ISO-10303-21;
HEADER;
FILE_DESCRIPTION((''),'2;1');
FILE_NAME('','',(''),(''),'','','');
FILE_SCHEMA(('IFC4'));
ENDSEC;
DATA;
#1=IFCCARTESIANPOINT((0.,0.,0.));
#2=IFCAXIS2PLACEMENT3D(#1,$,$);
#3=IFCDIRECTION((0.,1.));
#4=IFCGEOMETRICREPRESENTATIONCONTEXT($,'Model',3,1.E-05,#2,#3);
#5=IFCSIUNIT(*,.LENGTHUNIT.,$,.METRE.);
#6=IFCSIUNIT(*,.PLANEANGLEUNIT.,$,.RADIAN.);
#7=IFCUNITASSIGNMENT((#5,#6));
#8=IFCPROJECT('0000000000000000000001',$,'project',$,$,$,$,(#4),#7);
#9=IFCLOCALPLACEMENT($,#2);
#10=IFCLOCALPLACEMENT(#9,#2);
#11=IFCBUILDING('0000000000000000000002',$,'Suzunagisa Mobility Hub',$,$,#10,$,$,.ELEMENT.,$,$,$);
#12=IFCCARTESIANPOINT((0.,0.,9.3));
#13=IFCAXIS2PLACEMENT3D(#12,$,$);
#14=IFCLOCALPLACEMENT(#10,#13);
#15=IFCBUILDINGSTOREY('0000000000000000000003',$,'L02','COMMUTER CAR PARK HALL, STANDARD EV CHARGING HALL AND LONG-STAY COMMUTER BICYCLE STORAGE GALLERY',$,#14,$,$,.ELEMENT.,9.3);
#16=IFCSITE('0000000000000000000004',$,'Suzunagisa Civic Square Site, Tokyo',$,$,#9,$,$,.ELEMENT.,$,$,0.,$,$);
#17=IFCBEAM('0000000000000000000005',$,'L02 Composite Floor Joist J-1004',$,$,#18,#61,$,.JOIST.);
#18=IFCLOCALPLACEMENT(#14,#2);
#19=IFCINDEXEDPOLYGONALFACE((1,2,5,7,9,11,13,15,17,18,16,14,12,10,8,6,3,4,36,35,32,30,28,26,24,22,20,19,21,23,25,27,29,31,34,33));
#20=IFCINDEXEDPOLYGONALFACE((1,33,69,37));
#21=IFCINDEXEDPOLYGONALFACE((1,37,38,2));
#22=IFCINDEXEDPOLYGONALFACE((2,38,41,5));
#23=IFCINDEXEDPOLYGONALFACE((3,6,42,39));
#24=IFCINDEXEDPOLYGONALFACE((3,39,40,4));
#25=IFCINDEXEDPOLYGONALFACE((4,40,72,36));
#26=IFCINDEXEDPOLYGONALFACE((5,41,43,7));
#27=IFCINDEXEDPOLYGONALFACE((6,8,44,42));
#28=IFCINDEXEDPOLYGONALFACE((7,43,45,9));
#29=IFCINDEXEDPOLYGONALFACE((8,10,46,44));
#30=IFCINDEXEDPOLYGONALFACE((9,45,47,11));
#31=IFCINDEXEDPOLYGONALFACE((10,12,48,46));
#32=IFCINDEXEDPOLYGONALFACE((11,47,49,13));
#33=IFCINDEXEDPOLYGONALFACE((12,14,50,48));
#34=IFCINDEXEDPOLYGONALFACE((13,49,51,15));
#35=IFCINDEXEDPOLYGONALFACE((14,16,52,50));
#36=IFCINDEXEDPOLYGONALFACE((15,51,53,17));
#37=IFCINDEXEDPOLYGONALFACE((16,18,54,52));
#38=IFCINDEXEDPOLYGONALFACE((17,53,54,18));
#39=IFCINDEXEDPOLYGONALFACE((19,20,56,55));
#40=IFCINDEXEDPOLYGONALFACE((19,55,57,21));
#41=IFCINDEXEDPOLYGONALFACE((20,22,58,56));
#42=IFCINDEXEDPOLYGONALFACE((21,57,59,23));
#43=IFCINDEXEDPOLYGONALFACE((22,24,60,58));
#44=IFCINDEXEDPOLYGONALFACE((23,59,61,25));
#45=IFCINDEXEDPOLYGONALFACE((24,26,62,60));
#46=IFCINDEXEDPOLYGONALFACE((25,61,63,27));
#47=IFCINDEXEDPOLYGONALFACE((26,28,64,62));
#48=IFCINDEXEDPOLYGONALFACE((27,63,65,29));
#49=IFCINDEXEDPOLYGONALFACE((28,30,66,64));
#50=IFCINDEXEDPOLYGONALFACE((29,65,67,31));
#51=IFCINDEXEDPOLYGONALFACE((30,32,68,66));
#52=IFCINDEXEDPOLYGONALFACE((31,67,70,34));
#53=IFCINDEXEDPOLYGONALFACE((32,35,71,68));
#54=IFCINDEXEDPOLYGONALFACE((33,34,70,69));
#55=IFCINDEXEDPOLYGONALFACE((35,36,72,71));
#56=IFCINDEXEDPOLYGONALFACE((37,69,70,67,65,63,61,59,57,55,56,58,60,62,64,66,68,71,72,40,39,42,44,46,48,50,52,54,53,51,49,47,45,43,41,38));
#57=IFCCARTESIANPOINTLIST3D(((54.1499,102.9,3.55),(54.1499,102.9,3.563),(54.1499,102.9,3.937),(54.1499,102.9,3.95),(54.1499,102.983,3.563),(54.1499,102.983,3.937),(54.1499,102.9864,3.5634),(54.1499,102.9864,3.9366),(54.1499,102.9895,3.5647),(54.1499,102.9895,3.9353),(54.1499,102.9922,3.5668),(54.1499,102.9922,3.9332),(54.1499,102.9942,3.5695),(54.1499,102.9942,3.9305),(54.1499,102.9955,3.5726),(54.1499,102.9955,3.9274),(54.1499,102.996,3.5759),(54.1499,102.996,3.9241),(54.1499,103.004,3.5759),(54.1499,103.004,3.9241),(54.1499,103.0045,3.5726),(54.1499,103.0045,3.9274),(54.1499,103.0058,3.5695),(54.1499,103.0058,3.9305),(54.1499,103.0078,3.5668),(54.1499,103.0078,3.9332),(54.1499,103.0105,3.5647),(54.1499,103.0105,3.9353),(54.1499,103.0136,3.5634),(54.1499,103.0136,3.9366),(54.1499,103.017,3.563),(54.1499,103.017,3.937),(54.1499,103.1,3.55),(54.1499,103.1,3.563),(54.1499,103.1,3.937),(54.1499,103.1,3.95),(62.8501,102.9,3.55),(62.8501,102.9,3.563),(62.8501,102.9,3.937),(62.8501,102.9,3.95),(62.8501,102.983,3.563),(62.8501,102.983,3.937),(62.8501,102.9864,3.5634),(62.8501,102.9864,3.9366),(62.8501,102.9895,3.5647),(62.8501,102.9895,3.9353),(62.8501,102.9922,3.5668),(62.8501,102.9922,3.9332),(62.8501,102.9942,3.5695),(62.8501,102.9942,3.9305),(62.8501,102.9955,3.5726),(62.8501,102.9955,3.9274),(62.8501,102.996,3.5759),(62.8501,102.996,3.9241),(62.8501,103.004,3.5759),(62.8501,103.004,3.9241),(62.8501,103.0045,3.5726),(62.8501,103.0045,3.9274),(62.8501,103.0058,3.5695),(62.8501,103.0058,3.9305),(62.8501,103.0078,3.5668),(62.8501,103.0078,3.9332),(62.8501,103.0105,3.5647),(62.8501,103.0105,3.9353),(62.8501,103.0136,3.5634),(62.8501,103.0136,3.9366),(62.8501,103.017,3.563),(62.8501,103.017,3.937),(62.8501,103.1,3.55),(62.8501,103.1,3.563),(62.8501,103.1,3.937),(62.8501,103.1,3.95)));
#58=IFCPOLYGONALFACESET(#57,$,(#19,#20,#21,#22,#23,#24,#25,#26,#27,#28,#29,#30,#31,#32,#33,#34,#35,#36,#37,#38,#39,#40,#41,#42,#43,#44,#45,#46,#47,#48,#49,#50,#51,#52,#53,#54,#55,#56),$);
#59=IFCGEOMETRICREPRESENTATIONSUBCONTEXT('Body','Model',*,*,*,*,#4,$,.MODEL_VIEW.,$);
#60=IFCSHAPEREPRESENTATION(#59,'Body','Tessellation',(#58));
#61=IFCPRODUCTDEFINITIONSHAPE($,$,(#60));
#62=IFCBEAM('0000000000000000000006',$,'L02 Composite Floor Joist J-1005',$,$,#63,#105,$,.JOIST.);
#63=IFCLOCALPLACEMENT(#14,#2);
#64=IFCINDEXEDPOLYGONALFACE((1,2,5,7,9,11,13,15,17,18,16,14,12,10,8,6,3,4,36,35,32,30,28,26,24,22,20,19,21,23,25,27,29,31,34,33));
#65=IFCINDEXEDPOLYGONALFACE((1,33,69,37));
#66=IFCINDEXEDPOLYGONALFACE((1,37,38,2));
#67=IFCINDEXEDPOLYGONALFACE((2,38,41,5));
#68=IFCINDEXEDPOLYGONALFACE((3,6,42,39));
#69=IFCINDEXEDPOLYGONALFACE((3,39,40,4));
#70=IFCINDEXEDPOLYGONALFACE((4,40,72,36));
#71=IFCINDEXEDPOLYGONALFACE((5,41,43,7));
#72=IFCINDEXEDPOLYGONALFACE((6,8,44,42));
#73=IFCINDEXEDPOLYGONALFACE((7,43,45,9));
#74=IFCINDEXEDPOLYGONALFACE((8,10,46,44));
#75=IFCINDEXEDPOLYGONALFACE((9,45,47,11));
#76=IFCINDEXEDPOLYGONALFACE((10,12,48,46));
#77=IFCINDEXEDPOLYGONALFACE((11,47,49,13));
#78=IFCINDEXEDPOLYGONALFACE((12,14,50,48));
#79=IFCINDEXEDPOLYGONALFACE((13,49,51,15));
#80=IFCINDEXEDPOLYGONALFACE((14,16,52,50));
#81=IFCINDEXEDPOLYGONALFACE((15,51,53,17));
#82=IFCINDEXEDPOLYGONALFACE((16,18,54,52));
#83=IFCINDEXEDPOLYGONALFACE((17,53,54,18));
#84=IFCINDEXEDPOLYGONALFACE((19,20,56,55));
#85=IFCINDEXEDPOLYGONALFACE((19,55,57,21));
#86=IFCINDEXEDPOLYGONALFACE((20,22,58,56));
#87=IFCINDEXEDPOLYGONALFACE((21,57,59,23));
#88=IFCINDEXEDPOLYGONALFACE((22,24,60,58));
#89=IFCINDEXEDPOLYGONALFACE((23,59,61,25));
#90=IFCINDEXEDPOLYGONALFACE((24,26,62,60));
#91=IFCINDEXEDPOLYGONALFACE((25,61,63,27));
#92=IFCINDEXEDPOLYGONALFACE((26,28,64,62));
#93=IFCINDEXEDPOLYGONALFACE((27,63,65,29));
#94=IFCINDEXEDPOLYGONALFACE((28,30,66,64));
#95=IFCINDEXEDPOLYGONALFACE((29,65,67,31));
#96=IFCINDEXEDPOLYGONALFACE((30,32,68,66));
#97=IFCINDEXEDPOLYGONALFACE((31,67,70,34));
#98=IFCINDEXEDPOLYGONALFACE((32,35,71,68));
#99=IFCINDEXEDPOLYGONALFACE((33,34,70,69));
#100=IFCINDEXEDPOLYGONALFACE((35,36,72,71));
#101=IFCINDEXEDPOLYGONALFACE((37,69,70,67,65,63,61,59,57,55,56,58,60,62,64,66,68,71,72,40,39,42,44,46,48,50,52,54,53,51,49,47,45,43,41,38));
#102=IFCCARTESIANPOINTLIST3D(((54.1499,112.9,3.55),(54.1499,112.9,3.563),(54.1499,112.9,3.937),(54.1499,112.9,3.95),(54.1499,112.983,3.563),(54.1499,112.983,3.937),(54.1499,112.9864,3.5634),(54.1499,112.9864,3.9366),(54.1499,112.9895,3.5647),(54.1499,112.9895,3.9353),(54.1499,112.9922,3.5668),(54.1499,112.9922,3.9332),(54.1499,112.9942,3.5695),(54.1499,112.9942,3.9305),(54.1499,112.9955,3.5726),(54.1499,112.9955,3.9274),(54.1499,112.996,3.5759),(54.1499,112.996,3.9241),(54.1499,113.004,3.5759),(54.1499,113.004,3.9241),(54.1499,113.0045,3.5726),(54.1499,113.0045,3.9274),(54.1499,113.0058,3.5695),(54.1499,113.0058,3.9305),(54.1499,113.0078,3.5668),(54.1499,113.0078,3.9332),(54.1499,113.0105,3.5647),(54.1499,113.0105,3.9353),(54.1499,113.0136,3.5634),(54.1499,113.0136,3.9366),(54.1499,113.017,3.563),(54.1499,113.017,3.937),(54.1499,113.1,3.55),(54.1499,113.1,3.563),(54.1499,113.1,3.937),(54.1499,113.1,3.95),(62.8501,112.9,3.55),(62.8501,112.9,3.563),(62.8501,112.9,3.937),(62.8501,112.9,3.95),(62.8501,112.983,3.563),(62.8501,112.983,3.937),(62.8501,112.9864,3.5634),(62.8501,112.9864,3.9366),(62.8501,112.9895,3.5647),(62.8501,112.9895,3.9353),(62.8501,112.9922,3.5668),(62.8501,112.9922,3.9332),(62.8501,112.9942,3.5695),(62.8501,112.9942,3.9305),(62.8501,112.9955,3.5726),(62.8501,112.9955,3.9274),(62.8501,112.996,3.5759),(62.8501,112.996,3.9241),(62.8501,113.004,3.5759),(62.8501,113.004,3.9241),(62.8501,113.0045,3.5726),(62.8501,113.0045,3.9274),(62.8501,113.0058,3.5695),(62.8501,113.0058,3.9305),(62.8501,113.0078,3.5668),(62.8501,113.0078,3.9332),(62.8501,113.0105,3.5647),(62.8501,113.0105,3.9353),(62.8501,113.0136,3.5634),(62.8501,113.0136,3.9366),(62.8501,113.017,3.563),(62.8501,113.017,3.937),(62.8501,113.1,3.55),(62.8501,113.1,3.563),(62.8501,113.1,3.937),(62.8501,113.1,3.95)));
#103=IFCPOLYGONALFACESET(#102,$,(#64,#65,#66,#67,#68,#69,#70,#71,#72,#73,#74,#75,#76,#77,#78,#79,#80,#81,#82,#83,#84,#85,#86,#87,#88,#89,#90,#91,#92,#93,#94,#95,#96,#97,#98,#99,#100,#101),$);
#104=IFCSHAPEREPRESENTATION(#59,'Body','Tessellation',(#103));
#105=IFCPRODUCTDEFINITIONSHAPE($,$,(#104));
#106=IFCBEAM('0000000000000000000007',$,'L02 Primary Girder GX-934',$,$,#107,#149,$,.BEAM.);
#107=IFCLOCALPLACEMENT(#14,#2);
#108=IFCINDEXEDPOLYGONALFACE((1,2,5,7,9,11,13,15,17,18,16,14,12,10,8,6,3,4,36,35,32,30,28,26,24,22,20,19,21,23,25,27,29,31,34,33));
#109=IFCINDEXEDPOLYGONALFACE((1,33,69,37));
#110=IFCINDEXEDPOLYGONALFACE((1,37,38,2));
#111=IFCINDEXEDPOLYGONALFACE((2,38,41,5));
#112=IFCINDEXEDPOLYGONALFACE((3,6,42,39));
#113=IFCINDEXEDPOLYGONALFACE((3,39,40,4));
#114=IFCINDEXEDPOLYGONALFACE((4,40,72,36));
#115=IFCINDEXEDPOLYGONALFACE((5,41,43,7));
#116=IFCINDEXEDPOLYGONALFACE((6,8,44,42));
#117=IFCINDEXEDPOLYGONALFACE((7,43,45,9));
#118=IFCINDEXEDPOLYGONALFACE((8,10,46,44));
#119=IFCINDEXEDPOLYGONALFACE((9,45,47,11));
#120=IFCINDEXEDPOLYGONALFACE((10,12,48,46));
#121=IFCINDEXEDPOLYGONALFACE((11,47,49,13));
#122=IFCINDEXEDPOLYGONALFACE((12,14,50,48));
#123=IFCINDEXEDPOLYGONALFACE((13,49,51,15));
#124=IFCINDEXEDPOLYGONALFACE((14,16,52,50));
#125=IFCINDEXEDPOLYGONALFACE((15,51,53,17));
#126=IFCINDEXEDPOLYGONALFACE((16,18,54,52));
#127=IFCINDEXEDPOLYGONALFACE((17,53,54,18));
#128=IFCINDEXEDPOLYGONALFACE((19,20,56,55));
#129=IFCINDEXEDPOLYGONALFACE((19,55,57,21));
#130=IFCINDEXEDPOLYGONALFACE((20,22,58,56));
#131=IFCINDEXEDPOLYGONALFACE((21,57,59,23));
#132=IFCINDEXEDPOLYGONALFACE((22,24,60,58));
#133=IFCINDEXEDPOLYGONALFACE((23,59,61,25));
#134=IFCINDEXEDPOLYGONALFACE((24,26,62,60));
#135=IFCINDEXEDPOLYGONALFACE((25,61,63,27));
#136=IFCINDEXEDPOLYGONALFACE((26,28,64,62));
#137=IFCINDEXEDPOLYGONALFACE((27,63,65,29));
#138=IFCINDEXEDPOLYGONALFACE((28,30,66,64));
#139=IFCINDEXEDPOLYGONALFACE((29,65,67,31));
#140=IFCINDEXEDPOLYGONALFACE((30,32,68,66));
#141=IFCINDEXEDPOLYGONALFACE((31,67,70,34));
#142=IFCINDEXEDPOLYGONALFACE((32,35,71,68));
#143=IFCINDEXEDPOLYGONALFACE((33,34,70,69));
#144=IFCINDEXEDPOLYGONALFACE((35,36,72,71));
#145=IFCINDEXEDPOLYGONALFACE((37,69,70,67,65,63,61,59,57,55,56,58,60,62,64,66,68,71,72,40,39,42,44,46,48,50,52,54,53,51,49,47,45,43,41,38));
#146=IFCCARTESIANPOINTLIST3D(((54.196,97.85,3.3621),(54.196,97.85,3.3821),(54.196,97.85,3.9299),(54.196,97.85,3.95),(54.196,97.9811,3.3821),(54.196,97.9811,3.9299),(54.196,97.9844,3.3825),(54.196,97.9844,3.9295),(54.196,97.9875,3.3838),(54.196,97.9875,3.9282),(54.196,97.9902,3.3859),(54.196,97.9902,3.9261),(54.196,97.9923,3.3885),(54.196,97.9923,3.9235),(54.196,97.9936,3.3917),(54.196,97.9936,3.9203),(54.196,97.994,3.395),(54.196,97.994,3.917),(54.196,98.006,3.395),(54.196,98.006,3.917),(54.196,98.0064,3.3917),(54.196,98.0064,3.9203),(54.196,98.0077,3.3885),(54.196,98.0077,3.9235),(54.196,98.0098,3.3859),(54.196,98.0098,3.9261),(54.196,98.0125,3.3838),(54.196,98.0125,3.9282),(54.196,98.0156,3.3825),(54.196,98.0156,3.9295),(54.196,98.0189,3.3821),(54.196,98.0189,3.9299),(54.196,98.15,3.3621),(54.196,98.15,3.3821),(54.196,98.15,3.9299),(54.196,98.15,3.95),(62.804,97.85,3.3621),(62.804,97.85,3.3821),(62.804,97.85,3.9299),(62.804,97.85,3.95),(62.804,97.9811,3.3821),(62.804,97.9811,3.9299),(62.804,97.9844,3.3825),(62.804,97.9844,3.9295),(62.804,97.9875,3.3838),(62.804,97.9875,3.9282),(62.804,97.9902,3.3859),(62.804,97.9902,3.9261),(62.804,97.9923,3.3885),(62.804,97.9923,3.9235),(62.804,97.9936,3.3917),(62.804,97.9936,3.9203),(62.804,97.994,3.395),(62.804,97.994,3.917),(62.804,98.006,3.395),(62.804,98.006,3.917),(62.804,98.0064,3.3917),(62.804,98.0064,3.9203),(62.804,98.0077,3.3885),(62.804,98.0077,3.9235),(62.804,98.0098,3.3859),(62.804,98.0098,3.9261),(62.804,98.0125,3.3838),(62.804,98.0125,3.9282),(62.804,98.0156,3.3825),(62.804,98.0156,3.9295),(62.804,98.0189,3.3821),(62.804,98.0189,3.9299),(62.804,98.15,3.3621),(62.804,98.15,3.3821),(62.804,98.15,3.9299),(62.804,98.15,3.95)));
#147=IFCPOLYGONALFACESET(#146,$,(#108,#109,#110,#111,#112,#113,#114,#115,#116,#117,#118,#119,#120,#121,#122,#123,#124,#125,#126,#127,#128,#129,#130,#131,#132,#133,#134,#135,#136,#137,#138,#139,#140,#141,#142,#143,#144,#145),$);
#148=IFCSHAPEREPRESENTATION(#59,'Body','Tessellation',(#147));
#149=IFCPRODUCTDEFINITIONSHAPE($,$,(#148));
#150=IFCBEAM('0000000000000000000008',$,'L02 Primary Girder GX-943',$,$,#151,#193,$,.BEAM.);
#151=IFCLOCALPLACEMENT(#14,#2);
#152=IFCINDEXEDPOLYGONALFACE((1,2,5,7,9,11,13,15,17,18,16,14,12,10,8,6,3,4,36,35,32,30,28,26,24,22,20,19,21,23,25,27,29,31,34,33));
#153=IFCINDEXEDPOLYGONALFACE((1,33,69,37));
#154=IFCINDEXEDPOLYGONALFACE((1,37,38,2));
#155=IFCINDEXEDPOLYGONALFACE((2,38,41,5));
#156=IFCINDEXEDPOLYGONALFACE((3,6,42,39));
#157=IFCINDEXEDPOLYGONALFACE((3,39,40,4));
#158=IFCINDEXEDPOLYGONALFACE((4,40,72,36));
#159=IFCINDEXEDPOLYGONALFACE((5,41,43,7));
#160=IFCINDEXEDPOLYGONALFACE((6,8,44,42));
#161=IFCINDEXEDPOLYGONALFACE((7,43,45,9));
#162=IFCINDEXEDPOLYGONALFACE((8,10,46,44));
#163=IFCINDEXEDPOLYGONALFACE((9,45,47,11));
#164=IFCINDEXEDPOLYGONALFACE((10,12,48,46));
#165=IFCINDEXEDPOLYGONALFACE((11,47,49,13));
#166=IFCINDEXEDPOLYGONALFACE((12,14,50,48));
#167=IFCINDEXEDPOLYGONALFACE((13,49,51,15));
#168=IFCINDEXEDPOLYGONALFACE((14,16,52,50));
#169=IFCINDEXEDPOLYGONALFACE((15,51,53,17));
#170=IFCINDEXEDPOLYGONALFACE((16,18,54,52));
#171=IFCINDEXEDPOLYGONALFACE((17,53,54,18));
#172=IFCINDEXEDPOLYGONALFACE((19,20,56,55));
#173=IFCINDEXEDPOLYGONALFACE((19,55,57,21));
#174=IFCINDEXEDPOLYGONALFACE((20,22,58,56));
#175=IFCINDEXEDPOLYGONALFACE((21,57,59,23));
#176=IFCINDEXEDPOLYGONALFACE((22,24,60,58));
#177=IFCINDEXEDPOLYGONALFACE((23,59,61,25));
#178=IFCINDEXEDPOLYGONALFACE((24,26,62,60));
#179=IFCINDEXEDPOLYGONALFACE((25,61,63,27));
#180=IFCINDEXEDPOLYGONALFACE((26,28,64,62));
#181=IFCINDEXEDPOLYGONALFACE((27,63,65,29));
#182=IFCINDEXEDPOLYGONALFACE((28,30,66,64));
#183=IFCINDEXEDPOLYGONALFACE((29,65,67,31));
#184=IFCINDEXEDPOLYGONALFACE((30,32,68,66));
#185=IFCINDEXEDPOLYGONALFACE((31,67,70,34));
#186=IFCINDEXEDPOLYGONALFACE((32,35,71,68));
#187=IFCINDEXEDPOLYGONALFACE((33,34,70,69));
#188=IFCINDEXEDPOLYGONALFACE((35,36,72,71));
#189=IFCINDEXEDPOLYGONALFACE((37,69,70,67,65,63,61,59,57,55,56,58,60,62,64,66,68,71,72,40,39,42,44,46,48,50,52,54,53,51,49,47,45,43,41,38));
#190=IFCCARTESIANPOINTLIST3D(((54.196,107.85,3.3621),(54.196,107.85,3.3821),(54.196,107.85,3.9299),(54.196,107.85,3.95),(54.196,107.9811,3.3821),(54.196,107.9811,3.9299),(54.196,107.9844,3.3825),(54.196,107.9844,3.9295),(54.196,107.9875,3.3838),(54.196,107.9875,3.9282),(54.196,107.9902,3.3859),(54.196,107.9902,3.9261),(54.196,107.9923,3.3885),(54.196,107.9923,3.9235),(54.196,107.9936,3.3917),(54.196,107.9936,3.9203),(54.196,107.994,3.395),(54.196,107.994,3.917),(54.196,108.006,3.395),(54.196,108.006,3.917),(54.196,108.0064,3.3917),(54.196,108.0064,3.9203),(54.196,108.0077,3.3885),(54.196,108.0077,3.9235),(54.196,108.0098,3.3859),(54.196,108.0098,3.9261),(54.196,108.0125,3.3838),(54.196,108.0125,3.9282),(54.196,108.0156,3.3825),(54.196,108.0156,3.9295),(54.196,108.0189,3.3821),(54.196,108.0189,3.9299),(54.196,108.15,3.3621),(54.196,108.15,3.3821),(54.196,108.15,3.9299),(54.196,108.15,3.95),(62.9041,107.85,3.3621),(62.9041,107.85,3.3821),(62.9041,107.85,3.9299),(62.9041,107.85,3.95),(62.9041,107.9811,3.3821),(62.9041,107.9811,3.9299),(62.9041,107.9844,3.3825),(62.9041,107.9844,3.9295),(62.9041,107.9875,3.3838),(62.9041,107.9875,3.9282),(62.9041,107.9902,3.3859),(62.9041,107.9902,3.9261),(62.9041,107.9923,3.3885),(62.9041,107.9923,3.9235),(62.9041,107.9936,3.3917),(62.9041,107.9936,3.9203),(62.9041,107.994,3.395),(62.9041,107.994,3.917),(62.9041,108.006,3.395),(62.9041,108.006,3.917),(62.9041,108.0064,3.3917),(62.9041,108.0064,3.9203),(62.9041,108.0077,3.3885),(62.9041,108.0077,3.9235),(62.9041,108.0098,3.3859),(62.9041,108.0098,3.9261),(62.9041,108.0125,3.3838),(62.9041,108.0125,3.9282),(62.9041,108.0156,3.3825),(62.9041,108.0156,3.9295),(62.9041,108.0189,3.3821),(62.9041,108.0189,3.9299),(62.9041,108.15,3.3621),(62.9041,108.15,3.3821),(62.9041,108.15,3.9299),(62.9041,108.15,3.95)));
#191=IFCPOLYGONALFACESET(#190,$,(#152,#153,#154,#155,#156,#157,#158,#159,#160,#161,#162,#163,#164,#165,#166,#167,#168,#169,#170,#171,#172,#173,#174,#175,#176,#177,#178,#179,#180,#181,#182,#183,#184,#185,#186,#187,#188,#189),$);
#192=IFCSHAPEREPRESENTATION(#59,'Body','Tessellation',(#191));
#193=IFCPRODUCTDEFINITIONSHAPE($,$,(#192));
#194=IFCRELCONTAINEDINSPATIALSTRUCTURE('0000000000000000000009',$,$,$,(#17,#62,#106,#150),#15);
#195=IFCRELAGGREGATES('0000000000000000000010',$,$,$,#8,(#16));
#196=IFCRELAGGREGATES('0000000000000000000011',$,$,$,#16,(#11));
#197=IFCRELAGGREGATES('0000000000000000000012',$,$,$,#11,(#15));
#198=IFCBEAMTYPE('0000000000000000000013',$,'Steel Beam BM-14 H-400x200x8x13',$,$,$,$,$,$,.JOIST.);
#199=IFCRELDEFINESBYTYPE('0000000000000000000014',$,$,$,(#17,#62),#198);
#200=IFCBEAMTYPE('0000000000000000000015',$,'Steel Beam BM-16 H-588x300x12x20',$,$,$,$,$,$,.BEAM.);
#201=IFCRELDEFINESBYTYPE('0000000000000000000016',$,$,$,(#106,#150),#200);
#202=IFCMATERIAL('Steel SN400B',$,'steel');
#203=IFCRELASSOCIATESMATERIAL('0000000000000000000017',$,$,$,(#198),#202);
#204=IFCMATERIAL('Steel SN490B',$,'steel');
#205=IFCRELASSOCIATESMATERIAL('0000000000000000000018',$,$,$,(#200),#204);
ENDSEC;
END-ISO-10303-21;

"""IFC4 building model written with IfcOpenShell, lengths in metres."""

from ifc_helpers import new_model, si_unit, direction, frame, origin, origin_2d, place, context, subcontext, project, spatial, i_section, extrude, material, material_profile, profile_set, type_object, element, save


model = new_model("IFC4")

# Units and contexts
model_context = context("Model", 3, precision=1e-05, world=origin(), true_north=direction((0.0, 1.0)))
body_context = subcontext(model_context, "Body", "Model", "MODEL_VIEW")
ifc_project = project(units=[si_unit("LENGTHUNIT", "METRE"), si_unit("PLANEANGLEUNIT", "RADIAN")], contexts=[model_context])

# Site, building, storey
site_placement = place(None, origin())
site = spatial("IfcSite", under=ifc_project, at=site_placement, Name="Suzunagisa Civic Square Site, Tokyo", CompositionType="ELEMENT", RefElevation=0.0)
building_placement = place(site_placement, origin())
building = spatial("IfcBuilding", under=site, at=building_placement, Name="Suzunagisa Mobility Hub", CompositionType="ELEMENT")
storey_placement = place(building_placement, frame((0.0, 0.0, 9.3)))
storey = spatial("IfcBuildingStorey", under=building, at=storey_placement, Name="L02", Description="COMMUTER CAR PARK HALL, STANDARD EV CHARGING HALL AND LONG-STAY COMMUTER BICYCLE STORAGE GALLERY", CompositionType="ELEMENT", Elevation=9.3)

# Shared definitions
ifc_material_1 = material(Name="Steel SN490B", Category="steel")

# Beams
ifc_material_2 = material(Name="Steel SN400B", Category="steel")
ifc_material_profile_1 = material_profile(ifc_material_2, i_section(OverallWidth=0.2, OverallDepth=0.3999, WebThickness=0.0081, FlangeThickness=0.0129, FilletRadius=0.0129, at=origin_2d()), Name="H-400x200x8x13")
ifc_profile_set_1 = profile_set([ifc_material_profile_1], Name="Steel SN400B")
beam_type_1 = type_object("IfcBeamType", Name="Steel Beam BM-14 H-400x200x8x13", PredefinedType="JOIST", material=ifc_profile_set_1)
for number, where, z_axis, x_axis, name in (
    (1, (54.1499, 103.0, 3.75), (1.0, 0.0, 0.0), (0.0, 1.0, 0.0), "L02 Composite Floor Joist J-1004"),
    (2, (54.1499, 113.0, 3.75), (1.0, 0.0, 0.0), (0.0, 1.0, 0.0), "L02 Composite Floor Joist J-1005"),
):
    element("IfcBeam", number, at=place(storey_placement, frame(where, z_axis=z_axis, x_axis=x_axis)), inside=storey, type_object=beam_type_1, Name=name, PredefinedType="JOIST", context=body_context, shape_type="SweptSolid", body=[
        extrude(i_section(OverallWidth=0.2, OverallDepth=0.3999, WebThickness=0.0081, FlangeThickness=0.0129, FilletRadius=0.0129, at=origin_2d()), origin(), (0.0, 0.0, 1.0), 8.7002),
    ])
ifc_material_profile_2 = material_profile(ifc_material_1, i_section(OverallWidth=0.3, OverallDepth=0.5879, WebThickness=0.012, FlangeThickness=0.02, FilletRadius=0.0129, at=origin_2d()), Name="H-588x300x12x20")
ifc_profile_set_2 = profile_set([ifc_material_profile_2], Name="Steel SN490B")
beam_type_2 = type_object("IfcBeamType", Name="Steel Beam BM-16 H-588x300x12x20", PredefinedType="BEAM", material=ifc_profile_set_2)
beam_1_placement = place(storey_placement, frame((54.196, 98.0, 3.656), z_axis=(1.0, 0.0, 0.0), x_axis=(0.0, 1.0, 0.0)))
element("IfcBeam", 3, at=beam_1_placement, inside=storey, type_object=beam_type_2, Name="L02 Primary Girder GX-934", PredefinedType="BEAM", context=body_context, shape_type="SweptSolid", body=[
    extrude(i_section(OverallWidth=0.3, OverallDepth=0.5879, WebThickness=0.012, FlangeThickness=0.02, FilletRadius=0.0129, at=origin_2d()), origin(), (0.0, 0.0, 1.0), 8.6079),
])
beam_2_placement = place(storey_placement, frame((54.196, 108.0, 3.656), z_axis=(1.0, 0.0, 0.0), x_axis=(0.0, 1.0, 0.0)))
element("IfcBeam", 4, at=beam_2_placement, inside=storey, type_object=beam_type_2, Name="L02 Primary Girder GX-943", PredefinedType="BEAM", context=body_context, shape_type="SweptSolid", body=[
    extrude(i_section(OverallWidth=0.3, OverallDepth=0.5879, WebThickness=0.012, FlangeThickness=0.02, FilletRadius=0.0129, at=origin_2d()), origin(), (0.0, 0.0, 1.0), 8.708),
])

save(model, "model.ifc")
